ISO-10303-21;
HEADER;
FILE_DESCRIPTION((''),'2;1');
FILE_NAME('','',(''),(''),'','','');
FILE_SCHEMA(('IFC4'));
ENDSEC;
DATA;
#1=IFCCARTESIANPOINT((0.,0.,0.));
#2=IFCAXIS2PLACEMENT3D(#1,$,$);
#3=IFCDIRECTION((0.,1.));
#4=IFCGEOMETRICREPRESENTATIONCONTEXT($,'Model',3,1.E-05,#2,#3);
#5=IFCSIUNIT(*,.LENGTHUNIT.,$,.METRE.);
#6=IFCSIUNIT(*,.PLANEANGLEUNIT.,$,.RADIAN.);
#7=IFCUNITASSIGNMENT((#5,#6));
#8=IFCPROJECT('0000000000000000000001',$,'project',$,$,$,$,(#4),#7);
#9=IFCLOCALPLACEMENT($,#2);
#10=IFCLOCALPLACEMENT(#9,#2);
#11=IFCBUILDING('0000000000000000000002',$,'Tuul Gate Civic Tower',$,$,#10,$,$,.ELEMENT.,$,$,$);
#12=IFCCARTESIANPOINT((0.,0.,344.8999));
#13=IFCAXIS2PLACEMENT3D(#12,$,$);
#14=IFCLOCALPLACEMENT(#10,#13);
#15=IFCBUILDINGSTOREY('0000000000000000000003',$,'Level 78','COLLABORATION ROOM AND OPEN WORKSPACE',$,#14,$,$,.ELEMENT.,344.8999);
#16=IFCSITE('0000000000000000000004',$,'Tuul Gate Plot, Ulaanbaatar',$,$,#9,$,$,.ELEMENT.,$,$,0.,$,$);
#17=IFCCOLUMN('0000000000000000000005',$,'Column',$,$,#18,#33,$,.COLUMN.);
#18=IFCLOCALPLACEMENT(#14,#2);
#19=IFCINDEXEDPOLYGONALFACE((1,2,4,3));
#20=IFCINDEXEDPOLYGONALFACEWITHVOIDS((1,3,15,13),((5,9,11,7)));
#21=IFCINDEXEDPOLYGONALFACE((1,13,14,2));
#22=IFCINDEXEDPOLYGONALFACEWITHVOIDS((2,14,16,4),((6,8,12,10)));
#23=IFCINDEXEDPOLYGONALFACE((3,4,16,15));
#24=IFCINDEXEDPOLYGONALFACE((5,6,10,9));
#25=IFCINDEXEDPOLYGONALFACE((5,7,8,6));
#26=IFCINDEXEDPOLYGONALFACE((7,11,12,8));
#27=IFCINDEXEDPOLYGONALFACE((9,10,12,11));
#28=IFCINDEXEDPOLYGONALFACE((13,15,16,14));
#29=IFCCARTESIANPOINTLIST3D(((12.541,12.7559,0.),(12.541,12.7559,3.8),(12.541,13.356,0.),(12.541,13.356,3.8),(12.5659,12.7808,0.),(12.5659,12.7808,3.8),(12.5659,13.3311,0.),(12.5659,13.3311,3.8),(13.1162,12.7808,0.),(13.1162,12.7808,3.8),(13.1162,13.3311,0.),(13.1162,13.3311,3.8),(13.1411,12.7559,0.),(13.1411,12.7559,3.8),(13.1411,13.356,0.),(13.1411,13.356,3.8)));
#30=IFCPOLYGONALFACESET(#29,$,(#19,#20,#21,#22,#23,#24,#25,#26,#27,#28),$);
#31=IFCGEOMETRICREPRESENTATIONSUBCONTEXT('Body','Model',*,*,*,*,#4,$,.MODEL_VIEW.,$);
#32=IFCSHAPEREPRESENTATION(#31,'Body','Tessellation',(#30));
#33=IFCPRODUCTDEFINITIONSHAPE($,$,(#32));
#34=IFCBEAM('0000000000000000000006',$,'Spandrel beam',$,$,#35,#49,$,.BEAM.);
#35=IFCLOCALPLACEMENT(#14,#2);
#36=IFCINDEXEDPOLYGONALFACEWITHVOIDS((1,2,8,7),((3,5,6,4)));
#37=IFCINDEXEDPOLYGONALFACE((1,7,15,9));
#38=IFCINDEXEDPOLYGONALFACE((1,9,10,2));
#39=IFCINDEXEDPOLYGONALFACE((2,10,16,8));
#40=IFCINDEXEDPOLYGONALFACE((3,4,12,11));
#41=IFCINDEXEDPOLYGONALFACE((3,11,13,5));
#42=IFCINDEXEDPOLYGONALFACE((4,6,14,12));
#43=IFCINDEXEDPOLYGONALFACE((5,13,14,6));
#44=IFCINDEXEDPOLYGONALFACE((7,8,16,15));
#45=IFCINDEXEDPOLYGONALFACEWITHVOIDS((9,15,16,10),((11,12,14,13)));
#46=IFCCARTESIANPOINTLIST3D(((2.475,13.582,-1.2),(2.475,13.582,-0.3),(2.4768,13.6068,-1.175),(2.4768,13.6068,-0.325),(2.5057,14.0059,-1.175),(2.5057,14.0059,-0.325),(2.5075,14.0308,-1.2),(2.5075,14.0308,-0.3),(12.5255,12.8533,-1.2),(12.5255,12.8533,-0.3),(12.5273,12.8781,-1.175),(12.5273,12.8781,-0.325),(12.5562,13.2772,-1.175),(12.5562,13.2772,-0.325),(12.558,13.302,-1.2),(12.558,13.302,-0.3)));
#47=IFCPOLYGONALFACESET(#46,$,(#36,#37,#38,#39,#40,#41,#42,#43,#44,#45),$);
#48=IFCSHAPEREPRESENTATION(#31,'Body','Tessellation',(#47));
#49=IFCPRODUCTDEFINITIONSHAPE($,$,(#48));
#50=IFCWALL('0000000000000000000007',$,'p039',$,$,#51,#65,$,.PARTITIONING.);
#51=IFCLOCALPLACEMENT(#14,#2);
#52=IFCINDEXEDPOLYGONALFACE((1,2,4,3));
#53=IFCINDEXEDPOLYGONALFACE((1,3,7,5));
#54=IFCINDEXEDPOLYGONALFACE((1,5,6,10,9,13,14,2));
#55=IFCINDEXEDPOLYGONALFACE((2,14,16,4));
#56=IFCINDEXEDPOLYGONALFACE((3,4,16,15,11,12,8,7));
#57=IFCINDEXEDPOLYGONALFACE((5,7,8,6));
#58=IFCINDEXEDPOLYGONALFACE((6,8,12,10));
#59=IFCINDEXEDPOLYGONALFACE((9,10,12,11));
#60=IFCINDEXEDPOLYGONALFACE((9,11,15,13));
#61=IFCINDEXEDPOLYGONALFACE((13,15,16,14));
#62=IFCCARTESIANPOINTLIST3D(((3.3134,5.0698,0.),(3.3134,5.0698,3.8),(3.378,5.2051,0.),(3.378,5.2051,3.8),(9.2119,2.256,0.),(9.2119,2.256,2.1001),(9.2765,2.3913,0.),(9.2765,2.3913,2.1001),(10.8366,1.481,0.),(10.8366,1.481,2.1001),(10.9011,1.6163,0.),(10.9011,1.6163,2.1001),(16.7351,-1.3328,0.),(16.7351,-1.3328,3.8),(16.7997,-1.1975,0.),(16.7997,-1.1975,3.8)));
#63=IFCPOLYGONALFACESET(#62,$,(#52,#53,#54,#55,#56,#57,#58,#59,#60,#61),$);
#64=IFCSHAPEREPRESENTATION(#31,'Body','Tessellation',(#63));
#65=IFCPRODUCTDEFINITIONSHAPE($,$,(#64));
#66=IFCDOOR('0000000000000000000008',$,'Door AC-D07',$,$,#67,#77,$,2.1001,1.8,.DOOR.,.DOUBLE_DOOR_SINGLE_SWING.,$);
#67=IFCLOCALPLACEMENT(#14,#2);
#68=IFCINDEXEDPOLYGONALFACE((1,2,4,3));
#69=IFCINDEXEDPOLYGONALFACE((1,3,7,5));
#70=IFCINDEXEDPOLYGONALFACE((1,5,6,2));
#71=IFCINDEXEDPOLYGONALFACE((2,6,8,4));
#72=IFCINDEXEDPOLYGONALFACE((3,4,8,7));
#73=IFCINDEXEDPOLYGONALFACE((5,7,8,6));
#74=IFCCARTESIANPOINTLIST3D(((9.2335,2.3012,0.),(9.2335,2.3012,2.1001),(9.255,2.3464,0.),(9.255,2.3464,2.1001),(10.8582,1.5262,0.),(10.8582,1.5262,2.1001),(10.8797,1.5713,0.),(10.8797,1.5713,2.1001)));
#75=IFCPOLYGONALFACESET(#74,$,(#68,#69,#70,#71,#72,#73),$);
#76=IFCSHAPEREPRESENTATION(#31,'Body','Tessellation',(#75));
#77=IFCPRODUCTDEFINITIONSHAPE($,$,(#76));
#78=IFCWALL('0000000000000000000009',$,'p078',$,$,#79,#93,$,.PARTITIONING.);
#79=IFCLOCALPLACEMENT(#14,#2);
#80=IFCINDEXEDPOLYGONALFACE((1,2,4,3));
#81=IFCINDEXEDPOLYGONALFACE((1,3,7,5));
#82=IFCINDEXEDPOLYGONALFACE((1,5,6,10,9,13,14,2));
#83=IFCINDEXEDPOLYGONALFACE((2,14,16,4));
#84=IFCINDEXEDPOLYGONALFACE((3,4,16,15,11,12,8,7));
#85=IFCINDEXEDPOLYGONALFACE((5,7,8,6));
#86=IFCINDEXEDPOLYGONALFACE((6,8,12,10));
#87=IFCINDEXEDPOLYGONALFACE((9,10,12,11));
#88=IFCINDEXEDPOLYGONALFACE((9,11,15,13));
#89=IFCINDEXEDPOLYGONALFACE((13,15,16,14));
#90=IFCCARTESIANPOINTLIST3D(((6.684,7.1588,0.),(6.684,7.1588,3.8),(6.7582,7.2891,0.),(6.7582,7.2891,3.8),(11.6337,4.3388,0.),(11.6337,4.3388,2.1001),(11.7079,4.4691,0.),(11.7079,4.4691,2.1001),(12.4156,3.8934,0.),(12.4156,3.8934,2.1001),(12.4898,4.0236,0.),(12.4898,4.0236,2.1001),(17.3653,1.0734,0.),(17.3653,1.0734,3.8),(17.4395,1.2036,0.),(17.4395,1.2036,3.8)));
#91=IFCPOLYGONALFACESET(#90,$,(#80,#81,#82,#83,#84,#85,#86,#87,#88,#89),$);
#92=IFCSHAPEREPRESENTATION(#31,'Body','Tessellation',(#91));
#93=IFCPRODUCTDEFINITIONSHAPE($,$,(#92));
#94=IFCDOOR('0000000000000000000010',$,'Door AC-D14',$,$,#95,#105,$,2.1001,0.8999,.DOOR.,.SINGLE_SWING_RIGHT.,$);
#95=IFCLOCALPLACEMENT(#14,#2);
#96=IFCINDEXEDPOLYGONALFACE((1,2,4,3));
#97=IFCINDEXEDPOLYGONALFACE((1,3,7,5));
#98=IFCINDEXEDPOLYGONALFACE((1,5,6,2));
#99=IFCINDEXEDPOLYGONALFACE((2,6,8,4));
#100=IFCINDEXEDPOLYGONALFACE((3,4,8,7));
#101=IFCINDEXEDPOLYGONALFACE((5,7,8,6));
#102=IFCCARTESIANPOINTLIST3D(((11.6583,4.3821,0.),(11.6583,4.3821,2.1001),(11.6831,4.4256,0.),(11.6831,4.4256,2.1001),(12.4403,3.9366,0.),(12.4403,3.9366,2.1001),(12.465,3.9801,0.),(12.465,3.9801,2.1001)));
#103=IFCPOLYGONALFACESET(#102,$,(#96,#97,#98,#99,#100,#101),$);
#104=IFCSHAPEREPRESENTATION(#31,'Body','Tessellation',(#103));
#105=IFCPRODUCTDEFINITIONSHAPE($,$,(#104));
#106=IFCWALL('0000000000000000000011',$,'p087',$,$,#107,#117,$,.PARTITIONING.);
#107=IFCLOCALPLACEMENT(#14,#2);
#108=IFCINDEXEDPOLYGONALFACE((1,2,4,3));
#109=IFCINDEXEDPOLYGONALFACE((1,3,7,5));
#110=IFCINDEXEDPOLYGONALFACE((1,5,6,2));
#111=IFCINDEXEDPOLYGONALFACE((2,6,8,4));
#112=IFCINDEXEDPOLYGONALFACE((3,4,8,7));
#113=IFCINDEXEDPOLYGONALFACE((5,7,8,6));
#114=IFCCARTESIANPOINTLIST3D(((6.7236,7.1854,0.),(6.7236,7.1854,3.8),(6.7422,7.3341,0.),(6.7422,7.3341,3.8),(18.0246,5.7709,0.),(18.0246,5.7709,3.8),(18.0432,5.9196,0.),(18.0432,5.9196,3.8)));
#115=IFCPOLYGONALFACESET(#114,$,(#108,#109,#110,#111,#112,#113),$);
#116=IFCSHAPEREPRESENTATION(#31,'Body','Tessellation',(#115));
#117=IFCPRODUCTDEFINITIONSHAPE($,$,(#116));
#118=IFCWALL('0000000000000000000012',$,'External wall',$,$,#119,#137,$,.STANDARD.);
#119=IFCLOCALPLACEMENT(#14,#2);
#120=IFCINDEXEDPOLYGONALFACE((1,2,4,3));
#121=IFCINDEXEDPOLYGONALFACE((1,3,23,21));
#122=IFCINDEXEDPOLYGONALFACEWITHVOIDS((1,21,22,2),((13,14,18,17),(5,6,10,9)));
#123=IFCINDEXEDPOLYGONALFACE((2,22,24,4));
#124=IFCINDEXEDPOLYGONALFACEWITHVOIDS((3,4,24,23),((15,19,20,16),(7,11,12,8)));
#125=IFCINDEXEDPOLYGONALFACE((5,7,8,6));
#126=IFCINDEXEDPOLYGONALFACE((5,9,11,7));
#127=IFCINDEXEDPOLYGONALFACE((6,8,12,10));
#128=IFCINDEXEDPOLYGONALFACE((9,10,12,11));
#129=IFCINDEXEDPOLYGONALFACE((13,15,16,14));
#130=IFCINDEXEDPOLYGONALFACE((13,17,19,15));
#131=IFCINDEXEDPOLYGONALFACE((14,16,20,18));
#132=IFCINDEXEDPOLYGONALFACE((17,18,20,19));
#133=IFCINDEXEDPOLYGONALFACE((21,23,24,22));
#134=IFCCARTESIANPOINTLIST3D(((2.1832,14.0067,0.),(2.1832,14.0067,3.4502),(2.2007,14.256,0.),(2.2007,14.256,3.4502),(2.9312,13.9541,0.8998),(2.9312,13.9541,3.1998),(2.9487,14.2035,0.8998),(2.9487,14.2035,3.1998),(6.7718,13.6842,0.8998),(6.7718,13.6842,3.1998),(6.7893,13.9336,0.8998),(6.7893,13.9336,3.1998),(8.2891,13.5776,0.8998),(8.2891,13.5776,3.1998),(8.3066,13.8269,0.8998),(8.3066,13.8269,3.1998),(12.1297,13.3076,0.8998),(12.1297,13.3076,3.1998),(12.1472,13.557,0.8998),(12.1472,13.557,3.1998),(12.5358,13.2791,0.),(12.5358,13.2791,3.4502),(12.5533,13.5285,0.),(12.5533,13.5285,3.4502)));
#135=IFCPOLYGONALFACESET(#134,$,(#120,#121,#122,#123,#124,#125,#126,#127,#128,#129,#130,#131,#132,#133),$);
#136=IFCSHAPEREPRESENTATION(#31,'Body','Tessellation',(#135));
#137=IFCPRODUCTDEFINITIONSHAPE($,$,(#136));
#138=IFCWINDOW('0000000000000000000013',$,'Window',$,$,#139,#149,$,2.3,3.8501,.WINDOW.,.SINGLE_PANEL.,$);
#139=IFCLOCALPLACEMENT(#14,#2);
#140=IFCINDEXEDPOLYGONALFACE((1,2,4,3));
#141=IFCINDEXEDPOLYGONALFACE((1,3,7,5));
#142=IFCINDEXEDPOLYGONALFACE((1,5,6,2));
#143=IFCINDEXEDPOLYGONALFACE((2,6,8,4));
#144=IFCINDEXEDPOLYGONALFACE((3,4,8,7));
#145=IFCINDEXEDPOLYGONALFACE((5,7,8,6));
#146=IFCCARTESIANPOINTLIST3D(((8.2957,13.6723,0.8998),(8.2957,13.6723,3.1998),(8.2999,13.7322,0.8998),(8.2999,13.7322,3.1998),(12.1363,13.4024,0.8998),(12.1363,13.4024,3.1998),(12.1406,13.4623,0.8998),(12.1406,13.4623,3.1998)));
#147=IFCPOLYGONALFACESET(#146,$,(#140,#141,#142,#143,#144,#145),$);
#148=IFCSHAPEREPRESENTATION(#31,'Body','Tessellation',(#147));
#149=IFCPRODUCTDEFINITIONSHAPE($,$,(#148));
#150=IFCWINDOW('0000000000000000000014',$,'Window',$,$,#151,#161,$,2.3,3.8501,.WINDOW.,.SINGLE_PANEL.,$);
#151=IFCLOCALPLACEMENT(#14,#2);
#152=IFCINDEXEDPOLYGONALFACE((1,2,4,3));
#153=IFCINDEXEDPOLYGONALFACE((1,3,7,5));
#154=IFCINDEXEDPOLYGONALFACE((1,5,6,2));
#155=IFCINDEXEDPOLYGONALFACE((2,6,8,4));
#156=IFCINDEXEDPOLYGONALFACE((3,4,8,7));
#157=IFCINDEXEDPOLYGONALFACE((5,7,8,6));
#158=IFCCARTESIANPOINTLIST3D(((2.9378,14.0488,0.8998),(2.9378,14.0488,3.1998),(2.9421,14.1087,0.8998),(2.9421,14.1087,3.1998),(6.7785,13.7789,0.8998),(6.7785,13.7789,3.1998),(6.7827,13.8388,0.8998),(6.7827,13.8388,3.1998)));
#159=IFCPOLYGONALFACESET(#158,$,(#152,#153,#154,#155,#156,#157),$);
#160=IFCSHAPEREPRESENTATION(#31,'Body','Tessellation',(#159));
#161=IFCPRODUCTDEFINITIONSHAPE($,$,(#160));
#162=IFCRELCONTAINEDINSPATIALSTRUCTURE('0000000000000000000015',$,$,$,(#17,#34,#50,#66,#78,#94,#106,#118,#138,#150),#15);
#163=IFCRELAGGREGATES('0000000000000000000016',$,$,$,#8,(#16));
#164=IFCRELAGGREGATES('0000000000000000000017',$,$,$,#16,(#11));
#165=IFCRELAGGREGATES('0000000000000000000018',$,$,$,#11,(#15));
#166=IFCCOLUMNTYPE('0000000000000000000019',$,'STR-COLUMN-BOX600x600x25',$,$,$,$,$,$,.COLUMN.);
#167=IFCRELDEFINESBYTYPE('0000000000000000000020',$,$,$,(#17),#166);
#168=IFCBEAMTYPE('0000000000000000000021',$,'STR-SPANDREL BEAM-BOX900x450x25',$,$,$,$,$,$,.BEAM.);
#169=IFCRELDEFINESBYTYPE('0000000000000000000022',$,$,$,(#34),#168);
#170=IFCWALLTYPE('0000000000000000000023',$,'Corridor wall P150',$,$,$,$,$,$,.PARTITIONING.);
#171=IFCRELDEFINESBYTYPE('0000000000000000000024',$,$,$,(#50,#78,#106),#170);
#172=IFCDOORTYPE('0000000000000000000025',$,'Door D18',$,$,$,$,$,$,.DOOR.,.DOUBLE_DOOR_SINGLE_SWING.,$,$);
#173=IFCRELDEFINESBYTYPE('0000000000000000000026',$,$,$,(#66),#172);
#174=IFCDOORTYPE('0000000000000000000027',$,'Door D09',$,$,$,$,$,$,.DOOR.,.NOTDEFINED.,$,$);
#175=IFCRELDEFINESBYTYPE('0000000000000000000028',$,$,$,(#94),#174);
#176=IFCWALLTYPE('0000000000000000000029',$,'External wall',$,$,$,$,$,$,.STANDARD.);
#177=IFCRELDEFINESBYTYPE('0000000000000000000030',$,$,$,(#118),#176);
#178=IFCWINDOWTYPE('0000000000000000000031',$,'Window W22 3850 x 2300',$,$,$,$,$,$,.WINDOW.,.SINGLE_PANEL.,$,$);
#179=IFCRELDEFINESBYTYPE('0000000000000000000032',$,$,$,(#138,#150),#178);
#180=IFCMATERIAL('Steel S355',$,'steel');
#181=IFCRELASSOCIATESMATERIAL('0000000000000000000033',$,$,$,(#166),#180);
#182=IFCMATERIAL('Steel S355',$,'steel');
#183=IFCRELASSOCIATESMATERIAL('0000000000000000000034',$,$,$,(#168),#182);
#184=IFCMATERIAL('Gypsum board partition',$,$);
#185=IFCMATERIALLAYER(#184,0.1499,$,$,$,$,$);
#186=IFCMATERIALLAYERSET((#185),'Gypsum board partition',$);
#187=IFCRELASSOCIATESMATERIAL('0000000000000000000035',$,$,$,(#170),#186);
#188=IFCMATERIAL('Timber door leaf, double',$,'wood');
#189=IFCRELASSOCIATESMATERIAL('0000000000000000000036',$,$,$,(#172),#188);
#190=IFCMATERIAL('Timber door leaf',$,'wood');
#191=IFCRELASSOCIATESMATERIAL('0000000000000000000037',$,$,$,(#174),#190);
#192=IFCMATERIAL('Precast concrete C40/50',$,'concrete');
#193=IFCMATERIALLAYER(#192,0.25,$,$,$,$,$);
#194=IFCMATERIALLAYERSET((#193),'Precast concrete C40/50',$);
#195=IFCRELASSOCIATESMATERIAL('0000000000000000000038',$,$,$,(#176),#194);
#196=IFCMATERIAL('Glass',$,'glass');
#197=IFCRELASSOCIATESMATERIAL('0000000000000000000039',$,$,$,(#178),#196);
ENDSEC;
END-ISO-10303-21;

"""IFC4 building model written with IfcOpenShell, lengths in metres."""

from ifc_helpers import new_model, si_unit, direction, frame, frame_2d, origin, origin_2d, place, context, subcontext, project, spatial, rectangle, hollow_rectangle, extrude, material, layer, layer_set, material_profile, profile_set, type_object, element, fill, save


model = new_model("IFC4")

# Units and contexts
model_context = context("Model", 3, precision=1e-05, world=origin(), true_north=direction((0.0, 1.0)))
body_context = subcontext(model_context, "Body", "Model", "MODEL_VIEW")
ifc_project = project(units=[si_unit("LENGTHUNIT", "METRE"), si_unit("PLANEANGLEUNIT", "RADIAN")], contexts=[model_context])

# Site, building, storey
site_placement = place(None, origin())
site = spatial("IfcSite", under=ifc_project, at=site_placement, Name="Tuul Gate Plot, Ulaanbaatar", CompositionType="ELEMENT", RefElevation=0.0)
building_placement = place(site_placement, origin())
building = spatial("IfcBuilding", under=site, at=building_placement, Name="Tuul Gate Civic Tower", CompositionType="ELEMENT")
storey_placement = place(building_placement, frame((0.0, 0.0, 344.8999)))
storey = spatial("IfcBuildingStorey", under=building, at=storey_placement, Name="Level 78", Description="COLLABORATION ROOM AND OPEN WORKSPACE", CompositionType="ELEMENT", Elevation=344.8999)

# Column
ifc_material_1 = material(Name="Steel S355", Category="steel")
ifc_material_profile_1 = material_profile(ifc_material_1, hollow_rectangle(XDim=0.6001, YDim=0.6001, WallThickness=0.0249, at=origin_2d()), Name="BOX600x600x25")
ifc_profile_set_1 = profile_set([ifc_material_profile_1], Name="Steel S355")
column_type = type_object("IfcColumnType", Name="STR-COLUMN-BOX600x600x25", PredefinedType="COLUMN", material=ifc_profile_set_1)
column_placement = place(storey_placement, frame((12.8411, 13.0559, 0.0), z_axis=(0.0, 0.0, 1.0), x_axis=(1.0, 0.0, 0.0)))
element("IfcColumn", 1, at=column_placement, inside=storey, type_object=column_type, Name="Column", PredefinedType="COLUMN", context=body_context, shape_type="SweptSolid", body=[
    extrude(hollow_rectangle(XDim=0.6001, YDim=0.6001, WallThickness=0.0249, at=origin_2d()), origin(), (0.0, 0.0, 1.0), 3.8),
])

# Beam
ifc_material_2 = material(Name="Steel S355", Category="steel")
ifc_material_profile_2 = material_profile(ifc_material_2, hollow_rectangle(XDim=0.45, YDim=0.8999, WallThickness=0.0249, at=origin_2d()), Name="BOX900x450x25")
ifc_profile_set_2 = profile_set([ifc_material_profile_2], Name="Steel S355")
beam_type = type_object("IfcBeamType", Name="STR-SPANDREL BEAM-BOX900x450x25", PredefinedType="BEAM", material=ifc_profile_set_2)
beam_placement = place(storey_placement, frame((12.5417, 13.0776, -0.75), z_axis=(-0.997382, 0.07232, 0.0), x_axis=(-0.07232, -0.997382, 0.0)))
element("IfcBeam", 2, at=beam_placement, inside=storey, type_object=beam_type, Name="Spandrel beam", PredefinedType="BEAM", context=body_context, shape_type="SweptSolid", body=[
    extrude(hollow_rectangle(XDim=0.45, YDim=0.8999, WallThickness=0.0249, at=origin_2d()), origin(), (0.0, 0.0, 1.0), 10.0769),
])

# Walls, openings, doors
ifc_material_3 = material(Name="Gypsum board partition")
ifc_layer_1 = layer(ifc_material_3, 0.1499)
ifc_layer_set_1 = layer_set([ifc_layer_1], Name="Gypsum board partition")
wall_type_1 = type_object("IfcWallType", Name="Corridor wall P150", PredefinedType="PARTITIONING", material=ifc_layer_set_1)
wall_1_placement = place(storey_placement, frame((3.3457, 5.1375, 0.0), z_axis=(0.0, 0.0, 1.0), x_axis=(0.902564, -0.430555, 0.0)))
wall_1 = element("IfcWall", 3, at=wall_1_placement, inside=storey, type_object=wall_type_1, Name="p039", PredefinedType="PARTITIONING", context=body_context, shape_type="SweptSolid", body=[
    extrude(rectangle(XDim=14.8706, YDim=0.1499, at=frame_2d((7.4353, 0.0))), origin(), (0.0, 0.0, 1.0), 3.8),
])
opening_1_placement = place(wall_1_placement, frame((6.5354, 0.0, 0.0)))
opening_1 = element("IfcOpeningElement", 4, at=opening_1_placement, cuts=wall_1, PredefinedType="OPENING", context=body_context, shape_type="SweptSolid", body=[
    extrude(rectangle(XDim=1.8, YDim=2.1001, at=frame_2d((0.8999, 1.05))), frame((0.0, 0.085, 0.0), z_axis=(0.0, -1.0, 0.0), x_axis=(1.0, 0.0, 0.0)), (0.0, 0.0, 1.0), 0.1699),
])
ifc_material_4 = material(Name="Timber door leaf, double", Category="wood")
door_type_1 = type_object("IfcDoorType", Name="Door D18", OperationType="DOUBLE_DOOR_SINGLE_SWING", PredefinedType="DOOR", material=ifc_material_4)
door_1_placement = place(opening_1_placement, frame((1.8, 0.0, 0.0), z_axis=(0.0, 0.0, 1.0), x_axis=(-1.0, 0.0, 0.0)))
door_1 = element("IfcDoor", 5, at=door_1_placement, inside=storey, type_object=door_type_1, Name="Door AC-D07", OperationType="DOUBLE_DOOR_SINGLE_SWING", OverallHeight=2.1001, OverallWidth=1.8, PredefinedType="DOOR", context=body_context, shape_type="SweptSolid", body=[
    extrude(rectangle(XDim=1.8, YDim=2.1001, at=frame_2d((0.9001, 1.05))), frame((0.0, 0.0249, 0.0), z_axis=(0.0, -1.0, 0.0), x_axis=(1.0, 0.0, 0.0)), (0.0, 0.0, 1.0), 0.05),
])
fill(opening_1, door_1)
wall_2_placement = place(storey_placement, frame((6.7212, 7.2239, 0.0), z_axis=(0.0, 0.0, 1.0), x_axis=(0.86888, -0.495022, 0.0)))
wall_2 = element("IfcWall", 6, at=wall_2_placement, inside=storey, type_object=wall_type_1, Name="p078", PredefinedType="PARTITIONING", context=body_context, shape_type="SweptSolid", body=[
    extrude(rectangle(XDim=12.2932, YDim=0.1499, at=frame_2d((6.1465, 0.0))), origin(), (0.0, 0.0, 1.0), 3.8),
])
opening_2_placement = place(wall_2_placement, frame((5.6965, 0.0, 0.0)))
opening_2 = element("IfcOpeningElement", 7, at=opening_2_placement, cuts=wall_2, PredefinedType="OPENING", context=body_context, shape_type="SweptSolid", body=[
    extrude(rectangle(XDim=0.8999, YDim=2.1001, at=frame_2d((0.45, 1.05))), frame((0.0, 0.085, 0.0), z_axis=(0.0, -1.0, 0.0), x_axis=(1.0, 0.0, 0.0)), (0.0, 0.0, 1.0), 0.1699),
])
ifc_material_5 = material(Name="Timber door leaf", Category="wood")
door_type_2 = type_object("IfcDoorType", Name="Door D09", OperationType="NOTDEFINED", PredefinedType="DOOR", material=ifc_material_5)
door_2_placement = place(opening_2_placement, origin())
door_2 = element("IfcDoor", 8, at=door_2_placement, inside=storey, type_object=door_type_2, Name="Door AC-D14", OperationType="SINGLE_SWING_RIGHT", OverallHeight=2.1001, OverallWidth=0.8999, PredefinedType="DOOR", context=body_context, shape_type="SweptSolid", body=[
    extrude(rectangle(XDim=0.8999, YDim=2.1001, at=frame_2d((0.45, 1.05))), frame((0.0, 0.0249, 0.0), z_axis=(0.0, -1.0, 0.0), x_axis=(1.0, 0.0, 0.0)), (0.0, 0.0, 1.0), 0.05),
])
fill(opening_2, door_2)

# Wall
wall_3_placement = place(storey_placement, frame((6.7329, 7.2598, 0.0), z_axis=(0.0, 0.0, 1.0), x_axis=(0.992257, -0.124201, 0.0)))
element("IfcWall", 9, at=wall_3_placement, inside=storey, type_object=wall_type_1, Name="p087", PredefinedType="PARTITIONING", context=body_context, shape_type="SweptSolid", body=[
    extrude(rectangle(XDim=11.3892, YDim=0.1499, at=frame_2d((5.6946, 0.0))), origin(), (0.0, 0.0, 1.0), 3.8),
])

# Wall, openings, windows
ifc_material_6 = material(Name="Precast concrete C40/50", Category="concrete")
ifc_layer_2 = layer(ifc_material_6, 0.25)
ifc_layer_set_2 = layer_set([ifc_layer_2], Name="Precast concrete C40/50")
wall_type_2 = type_object("IfcWallType", Name="External wall", PredefinedType="STANDARD", material=ifc_layer_set_2)
wall_4_placement = place(storey_placement, frame((12.5444, 13.4038, 0.0), z_axis=(0.0, 0.0, 1.0), x_axis=(-0.99754, 0.070103, 0.0)))
wall_4 = element("IfcWall", 10, at=wall_4_placement, inside=storey, type_object=wall_type_2, Name="External wall", PredefinedType="STANDARD", context=body_context, shape_type="SweptSolid", body=[
    extrude(rectangle(XDim=10.3782, YDim=0.25, at=frame_2d((5.189, 0.0))), origin(), (0.0, 0.0, 1.0), 3.4502),
])
opening_3_placement = place(wall_4_placement, frame((0.407, 0.0, 0.8999)))
opening_3 = element("IfcOpeningElement", 11, at=opening_3_placement, cuts=wall_4, PredefinedType="OPENING", context=body_context, shape_type="SweptSolid", body=[
    extrude(rectangle(XDim=3.8501, YDim=2.3, at=frame_2d((1.925, 1.1499))), frame((0.0, 0.135, 0.0), z_axis=(0.0, -1.0, 0.0), x_axis=(1.0, 0.0, 0.0)), (0.0, 0.0, 1.0), 0.27),
])
opening_4_placement = place(wall_4_placement, frame((5.7781, 0.0, 0.8999)))
opening_4 = element("IfcOpeningElement", 12, at=opening_4_placement, cuts=wall_4, PredefinedType="OPENING", context=body_context, shape_type="SweptSolid", body=[
    extrude(rectangle(XDim=3.8501, YDim=2.3, at=frame_2d((1.925, 1.1499))), frame((0.0, 0.135, 0.0), z_axis=(0.0, -1.0, 0.0), x_axis=(1.0, 0.0, 0.0)), (0.0, 0.0, 1.0), 0.27),
])
ifc_material_7 = material(Name="Glass", Category="glass")
window_type = type_object("IfcWindowType", Name="Window W22 3850 x 2300", PartitioningType="SINGLE_PANEL", PredefinedType="WINDOW", material=ifc_material_7)
window_1_placement = place(opening_3_placement, origin())
window_1 = element("IfcWindow", 13, at=window_1_placement, inside=storey, type_object=window_type, Name="Window", OverallHeight=2.3, OverallWidth=3.8501, PartitioningType="SINGLE_PANEL", PredefinedType="WINDOW", context=body_context, shape_type="SweptSolid", body=[
    extrude(rectangle(XDim=3.8501, YDim=2.3, at=frame_2d((1.925, 1.1499))), frame((0.0, 0.03, 0.0), z_axis=(0.0, -1.0, 0.0), x_axis=(1.0, 0.0, 0.0)), (0.0, 0.0, 1.0), 0.0601),
])
fill(opening_3, window_1)
window_2_placement = place(opening_4_placement, origin())
window_2 = element("IfcWindow", 14, at=window_2_placement, inside=storey, type_object=window_type, Name="Window", OverallHeight=2.3, OverallWidth=3.8501, PartitioningType="SINGLE_PANEL", PredefinedType="WINDOW", context=body_context, shape_type="SweptSolid", body=[
    extrude(rectangle(XDim=3.8501, YDim=2.3, at=frame_2d((1.925, 1.1499))), frame((0.0, 0.03, 0.0), z_axis=(0.0, -1.0, 0.0), x_axis=(1.0, 0.0, 0.0)), (0.0, 0.0, 1.0), 0.0601),
])
fill(opening_4, window_2)

save(model, "model.ifc")
